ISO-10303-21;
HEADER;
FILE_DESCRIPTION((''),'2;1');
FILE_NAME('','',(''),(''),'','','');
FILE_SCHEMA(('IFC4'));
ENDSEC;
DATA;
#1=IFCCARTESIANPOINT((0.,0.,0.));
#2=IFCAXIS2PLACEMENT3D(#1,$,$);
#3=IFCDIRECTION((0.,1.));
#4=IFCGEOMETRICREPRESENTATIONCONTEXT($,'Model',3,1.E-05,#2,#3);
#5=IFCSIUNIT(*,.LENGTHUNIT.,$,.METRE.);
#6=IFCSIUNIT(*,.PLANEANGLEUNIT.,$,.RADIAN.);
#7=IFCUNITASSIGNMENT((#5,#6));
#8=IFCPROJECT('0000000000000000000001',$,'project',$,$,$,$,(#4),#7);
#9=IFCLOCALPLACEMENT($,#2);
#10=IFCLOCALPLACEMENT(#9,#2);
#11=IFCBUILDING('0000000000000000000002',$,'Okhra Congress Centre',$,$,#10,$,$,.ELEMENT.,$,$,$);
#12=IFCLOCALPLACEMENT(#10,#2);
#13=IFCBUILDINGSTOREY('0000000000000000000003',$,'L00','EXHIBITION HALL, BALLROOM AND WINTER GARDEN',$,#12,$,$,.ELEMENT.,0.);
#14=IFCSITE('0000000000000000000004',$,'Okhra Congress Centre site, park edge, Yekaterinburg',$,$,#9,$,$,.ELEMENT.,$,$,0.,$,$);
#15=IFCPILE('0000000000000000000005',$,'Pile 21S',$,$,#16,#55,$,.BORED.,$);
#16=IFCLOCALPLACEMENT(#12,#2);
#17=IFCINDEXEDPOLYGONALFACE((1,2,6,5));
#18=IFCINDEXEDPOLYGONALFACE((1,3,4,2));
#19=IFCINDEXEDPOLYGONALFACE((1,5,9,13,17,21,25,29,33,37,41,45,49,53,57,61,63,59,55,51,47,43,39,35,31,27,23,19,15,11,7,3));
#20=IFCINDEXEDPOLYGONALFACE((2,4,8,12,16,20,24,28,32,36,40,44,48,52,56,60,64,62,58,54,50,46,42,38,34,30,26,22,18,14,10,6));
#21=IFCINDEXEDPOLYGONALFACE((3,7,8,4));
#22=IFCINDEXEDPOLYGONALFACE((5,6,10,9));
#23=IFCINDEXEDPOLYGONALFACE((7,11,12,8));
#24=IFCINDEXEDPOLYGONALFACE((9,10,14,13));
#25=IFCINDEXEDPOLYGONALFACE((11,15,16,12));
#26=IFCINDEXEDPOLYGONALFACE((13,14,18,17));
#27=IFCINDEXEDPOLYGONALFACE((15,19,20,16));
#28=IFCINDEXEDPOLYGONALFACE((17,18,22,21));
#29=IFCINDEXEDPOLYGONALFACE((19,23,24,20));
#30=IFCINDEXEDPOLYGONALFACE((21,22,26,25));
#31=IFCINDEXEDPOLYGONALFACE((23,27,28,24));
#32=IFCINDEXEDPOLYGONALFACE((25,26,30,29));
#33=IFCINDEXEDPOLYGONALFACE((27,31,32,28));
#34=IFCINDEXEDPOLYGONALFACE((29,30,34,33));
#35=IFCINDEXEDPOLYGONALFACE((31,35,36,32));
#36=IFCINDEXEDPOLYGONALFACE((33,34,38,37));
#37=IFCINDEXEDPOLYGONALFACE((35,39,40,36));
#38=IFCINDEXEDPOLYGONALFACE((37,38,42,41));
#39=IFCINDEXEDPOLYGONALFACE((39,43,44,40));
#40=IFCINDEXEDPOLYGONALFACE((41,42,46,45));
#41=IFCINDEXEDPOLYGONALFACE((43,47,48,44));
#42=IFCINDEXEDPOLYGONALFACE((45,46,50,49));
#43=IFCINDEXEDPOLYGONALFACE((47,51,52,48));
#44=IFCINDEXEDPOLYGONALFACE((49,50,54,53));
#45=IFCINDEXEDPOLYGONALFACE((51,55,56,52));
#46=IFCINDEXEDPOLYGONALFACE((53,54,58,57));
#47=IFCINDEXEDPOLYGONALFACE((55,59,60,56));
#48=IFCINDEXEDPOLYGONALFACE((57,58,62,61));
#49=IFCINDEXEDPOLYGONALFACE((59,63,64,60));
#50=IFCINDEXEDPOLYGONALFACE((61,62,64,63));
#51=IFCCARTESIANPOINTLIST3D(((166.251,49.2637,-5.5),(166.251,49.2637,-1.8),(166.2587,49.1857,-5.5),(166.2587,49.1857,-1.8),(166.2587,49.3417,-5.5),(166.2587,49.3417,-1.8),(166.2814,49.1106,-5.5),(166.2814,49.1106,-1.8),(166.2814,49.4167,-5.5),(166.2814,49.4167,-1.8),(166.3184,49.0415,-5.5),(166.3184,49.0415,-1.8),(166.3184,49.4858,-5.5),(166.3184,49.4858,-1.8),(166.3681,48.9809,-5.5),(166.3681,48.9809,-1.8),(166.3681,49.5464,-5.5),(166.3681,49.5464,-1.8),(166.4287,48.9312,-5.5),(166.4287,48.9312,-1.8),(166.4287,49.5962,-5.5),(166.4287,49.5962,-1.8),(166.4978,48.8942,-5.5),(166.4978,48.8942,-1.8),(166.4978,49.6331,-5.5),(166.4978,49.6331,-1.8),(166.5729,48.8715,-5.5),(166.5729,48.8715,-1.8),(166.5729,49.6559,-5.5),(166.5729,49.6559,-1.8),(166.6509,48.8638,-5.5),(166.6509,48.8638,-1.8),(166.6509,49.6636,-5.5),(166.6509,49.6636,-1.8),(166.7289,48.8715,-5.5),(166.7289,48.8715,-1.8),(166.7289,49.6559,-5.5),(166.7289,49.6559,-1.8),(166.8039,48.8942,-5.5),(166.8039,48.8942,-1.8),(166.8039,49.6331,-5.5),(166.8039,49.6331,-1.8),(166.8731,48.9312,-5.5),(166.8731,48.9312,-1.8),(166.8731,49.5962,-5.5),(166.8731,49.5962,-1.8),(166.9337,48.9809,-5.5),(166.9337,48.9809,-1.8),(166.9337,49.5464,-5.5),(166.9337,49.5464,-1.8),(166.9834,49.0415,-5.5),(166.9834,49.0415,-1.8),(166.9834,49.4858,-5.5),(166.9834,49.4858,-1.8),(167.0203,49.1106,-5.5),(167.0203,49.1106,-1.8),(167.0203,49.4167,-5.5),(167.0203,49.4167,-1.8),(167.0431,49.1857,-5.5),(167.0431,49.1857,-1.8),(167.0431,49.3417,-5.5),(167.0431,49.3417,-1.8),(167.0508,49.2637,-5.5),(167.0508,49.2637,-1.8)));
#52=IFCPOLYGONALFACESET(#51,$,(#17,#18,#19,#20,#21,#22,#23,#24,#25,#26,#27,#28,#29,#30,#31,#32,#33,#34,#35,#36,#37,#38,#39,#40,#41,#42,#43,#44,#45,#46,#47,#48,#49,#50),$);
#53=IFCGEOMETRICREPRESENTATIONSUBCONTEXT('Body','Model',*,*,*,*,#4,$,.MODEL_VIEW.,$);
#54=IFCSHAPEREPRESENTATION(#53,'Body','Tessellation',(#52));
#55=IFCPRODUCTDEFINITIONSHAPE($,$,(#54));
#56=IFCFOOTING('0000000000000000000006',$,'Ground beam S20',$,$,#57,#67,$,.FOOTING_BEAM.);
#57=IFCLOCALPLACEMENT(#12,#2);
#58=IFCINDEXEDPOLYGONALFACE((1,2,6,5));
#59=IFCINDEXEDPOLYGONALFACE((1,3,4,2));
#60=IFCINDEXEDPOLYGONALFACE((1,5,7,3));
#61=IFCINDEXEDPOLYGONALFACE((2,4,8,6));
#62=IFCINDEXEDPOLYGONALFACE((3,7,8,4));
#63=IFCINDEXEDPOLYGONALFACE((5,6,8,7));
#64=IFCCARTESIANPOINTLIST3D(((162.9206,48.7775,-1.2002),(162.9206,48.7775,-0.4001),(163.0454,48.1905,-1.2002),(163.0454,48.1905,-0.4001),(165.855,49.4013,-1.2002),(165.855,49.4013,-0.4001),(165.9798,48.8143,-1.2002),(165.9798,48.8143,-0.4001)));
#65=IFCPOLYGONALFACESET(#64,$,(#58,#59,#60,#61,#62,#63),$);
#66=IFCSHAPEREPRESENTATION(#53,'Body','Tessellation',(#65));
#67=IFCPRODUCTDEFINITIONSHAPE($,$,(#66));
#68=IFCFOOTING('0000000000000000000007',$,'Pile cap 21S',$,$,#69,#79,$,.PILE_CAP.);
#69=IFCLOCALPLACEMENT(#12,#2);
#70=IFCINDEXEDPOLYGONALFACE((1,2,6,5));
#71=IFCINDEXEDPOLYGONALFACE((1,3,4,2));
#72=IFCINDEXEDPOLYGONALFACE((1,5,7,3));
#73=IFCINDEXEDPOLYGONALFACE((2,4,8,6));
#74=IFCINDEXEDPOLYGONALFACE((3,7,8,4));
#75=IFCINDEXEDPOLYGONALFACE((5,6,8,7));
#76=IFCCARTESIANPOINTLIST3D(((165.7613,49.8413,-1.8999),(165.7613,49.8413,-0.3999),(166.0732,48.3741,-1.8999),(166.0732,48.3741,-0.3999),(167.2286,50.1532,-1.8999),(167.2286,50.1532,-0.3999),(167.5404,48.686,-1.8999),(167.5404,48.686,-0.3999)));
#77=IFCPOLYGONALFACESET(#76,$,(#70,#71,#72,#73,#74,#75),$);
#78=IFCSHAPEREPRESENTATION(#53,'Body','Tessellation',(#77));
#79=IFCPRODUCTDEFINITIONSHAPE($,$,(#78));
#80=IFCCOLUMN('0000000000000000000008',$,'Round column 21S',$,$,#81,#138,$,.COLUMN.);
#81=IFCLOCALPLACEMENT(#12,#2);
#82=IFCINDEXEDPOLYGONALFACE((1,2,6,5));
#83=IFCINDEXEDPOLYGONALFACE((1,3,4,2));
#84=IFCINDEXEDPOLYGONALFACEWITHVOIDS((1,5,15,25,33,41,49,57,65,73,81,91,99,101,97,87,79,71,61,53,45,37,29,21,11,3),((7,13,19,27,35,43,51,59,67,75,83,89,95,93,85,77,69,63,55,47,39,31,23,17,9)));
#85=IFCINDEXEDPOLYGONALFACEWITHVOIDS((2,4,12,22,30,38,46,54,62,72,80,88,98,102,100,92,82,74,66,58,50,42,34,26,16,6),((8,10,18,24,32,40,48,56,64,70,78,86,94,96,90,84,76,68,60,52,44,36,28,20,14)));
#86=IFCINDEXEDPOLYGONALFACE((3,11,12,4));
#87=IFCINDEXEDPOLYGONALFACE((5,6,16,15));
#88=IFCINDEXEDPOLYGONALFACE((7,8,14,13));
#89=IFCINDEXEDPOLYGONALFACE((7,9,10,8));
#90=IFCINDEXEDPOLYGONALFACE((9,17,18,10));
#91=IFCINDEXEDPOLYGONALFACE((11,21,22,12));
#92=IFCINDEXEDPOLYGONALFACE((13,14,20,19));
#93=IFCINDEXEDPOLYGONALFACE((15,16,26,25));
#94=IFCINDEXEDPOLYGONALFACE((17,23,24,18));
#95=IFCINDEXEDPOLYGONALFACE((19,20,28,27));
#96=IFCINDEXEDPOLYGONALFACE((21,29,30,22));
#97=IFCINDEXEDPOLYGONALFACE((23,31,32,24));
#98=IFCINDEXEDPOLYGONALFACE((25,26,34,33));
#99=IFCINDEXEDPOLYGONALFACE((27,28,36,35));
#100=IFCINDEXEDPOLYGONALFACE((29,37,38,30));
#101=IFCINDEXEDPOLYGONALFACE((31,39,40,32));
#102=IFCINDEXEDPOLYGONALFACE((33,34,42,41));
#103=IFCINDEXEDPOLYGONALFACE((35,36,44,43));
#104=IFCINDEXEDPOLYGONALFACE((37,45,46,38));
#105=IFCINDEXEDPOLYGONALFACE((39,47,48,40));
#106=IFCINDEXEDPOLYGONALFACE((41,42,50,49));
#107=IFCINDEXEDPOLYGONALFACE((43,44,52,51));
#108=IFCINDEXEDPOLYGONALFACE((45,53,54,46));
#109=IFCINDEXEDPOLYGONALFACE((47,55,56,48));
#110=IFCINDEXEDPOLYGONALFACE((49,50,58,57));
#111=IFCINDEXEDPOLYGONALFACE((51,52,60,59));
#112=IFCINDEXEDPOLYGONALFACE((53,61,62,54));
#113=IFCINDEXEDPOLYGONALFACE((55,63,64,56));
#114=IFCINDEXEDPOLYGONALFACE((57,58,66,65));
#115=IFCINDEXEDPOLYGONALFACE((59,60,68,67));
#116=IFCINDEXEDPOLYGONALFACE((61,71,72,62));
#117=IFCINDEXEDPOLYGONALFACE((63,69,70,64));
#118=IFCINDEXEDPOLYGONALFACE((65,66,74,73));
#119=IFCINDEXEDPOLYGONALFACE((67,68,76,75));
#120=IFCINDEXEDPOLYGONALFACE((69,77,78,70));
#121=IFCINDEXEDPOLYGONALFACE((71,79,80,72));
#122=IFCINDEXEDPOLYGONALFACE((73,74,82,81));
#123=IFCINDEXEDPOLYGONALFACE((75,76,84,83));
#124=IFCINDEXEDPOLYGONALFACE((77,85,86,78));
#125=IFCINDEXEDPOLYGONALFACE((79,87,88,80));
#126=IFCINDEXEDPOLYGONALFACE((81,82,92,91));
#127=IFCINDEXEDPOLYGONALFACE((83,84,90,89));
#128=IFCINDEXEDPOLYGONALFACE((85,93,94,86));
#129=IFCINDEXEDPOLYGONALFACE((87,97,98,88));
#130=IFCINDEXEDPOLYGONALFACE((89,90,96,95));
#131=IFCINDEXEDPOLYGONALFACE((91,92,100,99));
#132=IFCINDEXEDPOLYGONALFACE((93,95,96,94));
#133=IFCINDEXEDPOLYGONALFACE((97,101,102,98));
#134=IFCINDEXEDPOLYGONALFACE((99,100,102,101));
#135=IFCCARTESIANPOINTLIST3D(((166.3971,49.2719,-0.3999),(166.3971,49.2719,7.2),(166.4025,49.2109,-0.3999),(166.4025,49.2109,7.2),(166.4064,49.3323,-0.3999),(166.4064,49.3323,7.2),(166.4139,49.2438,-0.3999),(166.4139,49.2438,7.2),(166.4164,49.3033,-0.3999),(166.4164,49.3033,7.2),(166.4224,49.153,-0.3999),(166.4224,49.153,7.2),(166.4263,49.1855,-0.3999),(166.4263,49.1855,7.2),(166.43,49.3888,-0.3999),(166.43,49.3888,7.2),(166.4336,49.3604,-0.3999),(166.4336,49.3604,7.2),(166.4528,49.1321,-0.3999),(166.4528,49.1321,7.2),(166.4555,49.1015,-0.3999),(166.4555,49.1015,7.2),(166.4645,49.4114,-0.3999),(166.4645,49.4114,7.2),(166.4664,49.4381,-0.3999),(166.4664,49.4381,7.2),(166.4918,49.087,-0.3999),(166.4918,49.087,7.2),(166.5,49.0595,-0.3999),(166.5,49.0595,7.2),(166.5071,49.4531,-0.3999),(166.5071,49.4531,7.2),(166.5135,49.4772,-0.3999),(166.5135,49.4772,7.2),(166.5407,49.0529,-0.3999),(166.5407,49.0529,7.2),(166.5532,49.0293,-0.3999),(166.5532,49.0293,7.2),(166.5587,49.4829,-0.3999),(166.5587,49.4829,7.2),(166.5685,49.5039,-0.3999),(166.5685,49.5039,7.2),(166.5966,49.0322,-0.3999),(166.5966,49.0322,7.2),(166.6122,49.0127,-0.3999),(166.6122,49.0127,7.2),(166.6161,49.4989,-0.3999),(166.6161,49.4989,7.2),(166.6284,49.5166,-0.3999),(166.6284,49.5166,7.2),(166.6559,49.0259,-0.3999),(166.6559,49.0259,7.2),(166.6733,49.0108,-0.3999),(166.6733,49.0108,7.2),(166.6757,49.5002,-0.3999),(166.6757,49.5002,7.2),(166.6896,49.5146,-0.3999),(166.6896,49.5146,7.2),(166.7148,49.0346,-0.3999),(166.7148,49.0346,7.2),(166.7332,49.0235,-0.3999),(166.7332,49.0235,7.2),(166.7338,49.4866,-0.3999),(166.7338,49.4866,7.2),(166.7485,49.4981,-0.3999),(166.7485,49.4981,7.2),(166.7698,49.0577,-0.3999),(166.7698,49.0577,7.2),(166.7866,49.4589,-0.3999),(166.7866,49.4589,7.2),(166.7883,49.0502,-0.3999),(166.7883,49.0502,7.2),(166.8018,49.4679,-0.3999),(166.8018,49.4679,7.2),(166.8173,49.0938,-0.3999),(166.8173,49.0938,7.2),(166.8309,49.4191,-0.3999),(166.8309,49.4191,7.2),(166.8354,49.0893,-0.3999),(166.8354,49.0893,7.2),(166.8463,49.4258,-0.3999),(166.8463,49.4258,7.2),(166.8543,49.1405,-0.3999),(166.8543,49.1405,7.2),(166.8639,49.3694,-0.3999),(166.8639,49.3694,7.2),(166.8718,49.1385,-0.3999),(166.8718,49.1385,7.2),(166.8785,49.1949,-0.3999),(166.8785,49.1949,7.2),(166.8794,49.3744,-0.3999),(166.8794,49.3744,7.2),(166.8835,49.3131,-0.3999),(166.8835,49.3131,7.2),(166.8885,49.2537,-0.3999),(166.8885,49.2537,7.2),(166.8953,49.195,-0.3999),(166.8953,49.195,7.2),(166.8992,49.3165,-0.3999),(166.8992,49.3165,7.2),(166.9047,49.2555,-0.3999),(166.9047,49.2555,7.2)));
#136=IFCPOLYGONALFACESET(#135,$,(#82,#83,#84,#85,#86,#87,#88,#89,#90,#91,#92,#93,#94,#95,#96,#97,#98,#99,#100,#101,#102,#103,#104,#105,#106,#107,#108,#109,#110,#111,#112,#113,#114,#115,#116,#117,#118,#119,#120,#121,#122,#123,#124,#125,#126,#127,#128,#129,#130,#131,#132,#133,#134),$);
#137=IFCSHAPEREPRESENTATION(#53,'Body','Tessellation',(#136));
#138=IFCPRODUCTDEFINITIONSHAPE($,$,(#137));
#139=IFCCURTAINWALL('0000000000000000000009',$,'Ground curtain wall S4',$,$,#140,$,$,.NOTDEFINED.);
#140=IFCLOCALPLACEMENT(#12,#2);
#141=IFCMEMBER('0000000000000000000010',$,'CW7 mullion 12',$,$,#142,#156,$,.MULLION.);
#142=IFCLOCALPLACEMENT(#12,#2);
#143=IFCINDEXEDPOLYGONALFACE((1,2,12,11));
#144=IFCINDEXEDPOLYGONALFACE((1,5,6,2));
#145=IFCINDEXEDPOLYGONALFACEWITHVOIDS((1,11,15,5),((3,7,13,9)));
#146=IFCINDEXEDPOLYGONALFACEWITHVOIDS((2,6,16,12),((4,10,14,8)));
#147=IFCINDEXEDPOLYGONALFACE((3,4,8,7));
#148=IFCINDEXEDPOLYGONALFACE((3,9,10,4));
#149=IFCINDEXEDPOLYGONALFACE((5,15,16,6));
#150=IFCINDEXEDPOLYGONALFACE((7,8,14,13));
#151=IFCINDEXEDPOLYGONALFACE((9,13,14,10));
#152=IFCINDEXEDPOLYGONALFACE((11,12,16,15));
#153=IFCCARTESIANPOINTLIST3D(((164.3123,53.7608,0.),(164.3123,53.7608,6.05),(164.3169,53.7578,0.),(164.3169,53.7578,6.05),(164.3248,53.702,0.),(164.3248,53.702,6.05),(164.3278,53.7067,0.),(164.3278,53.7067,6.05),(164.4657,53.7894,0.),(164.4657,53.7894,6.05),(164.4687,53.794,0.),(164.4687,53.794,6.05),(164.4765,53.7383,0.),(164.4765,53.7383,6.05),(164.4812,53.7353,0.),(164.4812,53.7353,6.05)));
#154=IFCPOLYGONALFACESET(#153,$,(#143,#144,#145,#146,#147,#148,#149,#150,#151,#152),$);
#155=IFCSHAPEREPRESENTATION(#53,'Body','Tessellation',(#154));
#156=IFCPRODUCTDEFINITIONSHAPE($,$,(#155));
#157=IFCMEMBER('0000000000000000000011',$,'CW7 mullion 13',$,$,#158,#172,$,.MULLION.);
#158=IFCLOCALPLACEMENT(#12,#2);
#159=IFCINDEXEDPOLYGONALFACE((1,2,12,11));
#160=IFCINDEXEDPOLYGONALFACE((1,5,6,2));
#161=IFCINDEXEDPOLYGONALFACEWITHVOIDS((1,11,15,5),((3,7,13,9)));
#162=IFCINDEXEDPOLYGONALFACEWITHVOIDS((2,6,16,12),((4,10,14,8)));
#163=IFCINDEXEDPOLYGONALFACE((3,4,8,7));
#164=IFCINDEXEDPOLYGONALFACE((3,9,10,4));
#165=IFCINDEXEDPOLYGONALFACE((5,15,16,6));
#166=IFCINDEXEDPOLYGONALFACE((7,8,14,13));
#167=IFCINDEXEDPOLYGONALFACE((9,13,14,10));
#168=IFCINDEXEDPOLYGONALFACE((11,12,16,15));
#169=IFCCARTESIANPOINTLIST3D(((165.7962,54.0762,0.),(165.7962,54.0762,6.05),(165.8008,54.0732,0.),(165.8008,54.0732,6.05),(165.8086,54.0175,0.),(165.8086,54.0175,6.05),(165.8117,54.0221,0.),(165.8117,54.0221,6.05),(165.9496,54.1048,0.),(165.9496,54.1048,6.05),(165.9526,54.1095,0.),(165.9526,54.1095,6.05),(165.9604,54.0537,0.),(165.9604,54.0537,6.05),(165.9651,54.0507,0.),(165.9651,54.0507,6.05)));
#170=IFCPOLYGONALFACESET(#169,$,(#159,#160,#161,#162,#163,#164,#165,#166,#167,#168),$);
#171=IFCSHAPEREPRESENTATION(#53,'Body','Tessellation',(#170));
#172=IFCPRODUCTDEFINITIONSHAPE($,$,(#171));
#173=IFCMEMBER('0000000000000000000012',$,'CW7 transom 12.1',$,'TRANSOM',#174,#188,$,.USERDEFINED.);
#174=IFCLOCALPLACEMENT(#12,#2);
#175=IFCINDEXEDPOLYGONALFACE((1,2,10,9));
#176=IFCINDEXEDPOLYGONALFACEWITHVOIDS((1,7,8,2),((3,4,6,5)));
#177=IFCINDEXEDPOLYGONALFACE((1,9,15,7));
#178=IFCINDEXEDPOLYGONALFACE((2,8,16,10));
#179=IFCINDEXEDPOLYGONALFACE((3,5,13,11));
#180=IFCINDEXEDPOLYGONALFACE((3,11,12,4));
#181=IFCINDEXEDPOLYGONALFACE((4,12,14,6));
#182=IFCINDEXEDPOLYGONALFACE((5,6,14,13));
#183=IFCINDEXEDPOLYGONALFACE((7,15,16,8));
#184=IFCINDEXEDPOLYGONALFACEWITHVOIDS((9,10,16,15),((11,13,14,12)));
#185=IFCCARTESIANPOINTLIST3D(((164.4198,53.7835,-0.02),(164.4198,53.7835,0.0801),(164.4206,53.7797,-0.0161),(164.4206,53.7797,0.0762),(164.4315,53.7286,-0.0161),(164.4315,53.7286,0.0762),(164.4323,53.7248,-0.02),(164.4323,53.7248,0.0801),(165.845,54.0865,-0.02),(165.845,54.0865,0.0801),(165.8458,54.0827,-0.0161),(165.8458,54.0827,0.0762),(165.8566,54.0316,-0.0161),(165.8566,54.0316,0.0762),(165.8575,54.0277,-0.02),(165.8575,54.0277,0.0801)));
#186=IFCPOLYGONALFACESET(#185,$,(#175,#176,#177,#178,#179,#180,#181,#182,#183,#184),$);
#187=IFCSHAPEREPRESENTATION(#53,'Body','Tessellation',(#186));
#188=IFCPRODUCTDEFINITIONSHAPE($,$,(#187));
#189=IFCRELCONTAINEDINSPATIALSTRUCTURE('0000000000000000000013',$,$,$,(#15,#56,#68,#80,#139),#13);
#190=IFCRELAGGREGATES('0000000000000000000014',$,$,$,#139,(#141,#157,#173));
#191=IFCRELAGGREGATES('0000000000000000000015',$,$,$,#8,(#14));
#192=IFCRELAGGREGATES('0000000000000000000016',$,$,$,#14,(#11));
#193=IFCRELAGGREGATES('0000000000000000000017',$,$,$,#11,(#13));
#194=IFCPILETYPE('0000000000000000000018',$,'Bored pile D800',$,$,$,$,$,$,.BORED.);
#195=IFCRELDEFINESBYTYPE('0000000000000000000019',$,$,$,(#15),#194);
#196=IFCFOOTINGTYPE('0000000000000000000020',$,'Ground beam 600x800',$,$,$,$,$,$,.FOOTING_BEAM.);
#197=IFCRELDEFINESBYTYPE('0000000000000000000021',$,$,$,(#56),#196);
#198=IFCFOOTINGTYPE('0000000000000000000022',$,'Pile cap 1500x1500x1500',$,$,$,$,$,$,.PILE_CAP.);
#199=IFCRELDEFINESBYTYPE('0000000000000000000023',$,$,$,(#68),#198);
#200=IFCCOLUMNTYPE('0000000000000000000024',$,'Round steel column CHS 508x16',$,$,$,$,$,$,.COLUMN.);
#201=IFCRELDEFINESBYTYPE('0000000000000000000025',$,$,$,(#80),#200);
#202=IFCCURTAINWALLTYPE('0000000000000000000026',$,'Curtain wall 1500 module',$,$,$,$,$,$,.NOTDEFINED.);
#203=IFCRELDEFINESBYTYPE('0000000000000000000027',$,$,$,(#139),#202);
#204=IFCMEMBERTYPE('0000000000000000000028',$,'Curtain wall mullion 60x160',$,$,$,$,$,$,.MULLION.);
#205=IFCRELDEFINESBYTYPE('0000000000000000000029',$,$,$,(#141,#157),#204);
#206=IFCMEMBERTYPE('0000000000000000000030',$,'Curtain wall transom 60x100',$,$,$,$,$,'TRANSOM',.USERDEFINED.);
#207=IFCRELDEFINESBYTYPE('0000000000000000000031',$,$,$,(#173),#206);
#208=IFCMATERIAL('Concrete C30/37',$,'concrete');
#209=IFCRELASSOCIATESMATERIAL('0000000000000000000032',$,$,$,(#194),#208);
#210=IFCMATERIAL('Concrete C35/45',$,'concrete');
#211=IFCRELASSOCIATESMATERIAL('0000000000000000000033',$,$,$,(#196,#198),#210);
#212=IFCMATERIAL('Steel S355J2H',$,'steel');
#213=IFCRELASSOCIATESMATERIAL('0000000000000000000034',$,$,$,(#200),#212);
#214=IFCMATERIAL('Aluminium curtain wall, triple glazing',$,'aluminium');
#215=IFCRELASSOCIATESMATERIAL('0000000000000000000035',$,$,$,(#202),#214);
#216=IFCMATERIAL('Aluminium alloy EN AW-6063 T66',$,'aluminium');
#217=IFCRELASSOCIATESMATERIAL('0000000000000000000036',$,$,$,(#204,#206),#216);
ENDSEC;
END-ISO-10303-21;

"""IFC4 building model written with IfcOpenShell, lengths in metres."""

from ifc_helpers import new_model, si_unit, direction, frame, origin, origin_2d, place, context, subcontext, project, spatial, rectangle, hollow_rectangle, circle, hollow_circle, extrude, material, material_profile, profile_set, type_object, element, aggregate, save


model = new_model("IFC4")

# Units and contexts
model_context = context("Model", 3, precision=1e-05, world=origin(), true_north=direction((0.0, 1.0)))
body_context = subcontext(model_context, "Body", "Model", "MODEL_VIEW")
ifc_project = project(units=[si_unit("LENGTHUNIT", "METRE"), si_unit("PLANEANGLEUNIT", "RADIAN")], contexts=[model_context])

# Site, building, storey
site_placement = place(None, origin())
site = spatial("IfcSite", under=ifc_project, at=site_placement, Name="Okhra Congress Centre site, park edge, Yekaterinburg", CompositionType="ELEMENT", RefElevation=0.0)
building_placement = place(site_placement, origin())
building = spatial("IfcBuilding", under=site, at=building_placement, Name="Okhra Congress Centre", CompositionType="ELEMENT")
storey_placement = place(building_placement, origin())
storey = spatial("IfcBuildingStorey", under=building, at=storey_placement, Name="L00", Description="EXHIBITION HALL, BALLROOM AND WINTER GARDEN", CompositionType="ELEMENT", Elevation=0.0)

# Pile
ifc_material_1 = material(Name="Concrete C30/37", Category="concrete")
ifc_material_profile_1 = material_profile(ifc_material_1, circle(Radius=0.3999, at=origin_2d()), Name="D800")
ifc_profile_set_1 = profile_set([ifc_material_profile_1], Name="Concrete C30/37")
pile_type = type_object("IfcPileType", Name="Bored pile D800", PredefinedType="BORED", material=ifc_profile_set_1)
pile_placement = place(storey_placement, frame((166.6509, 49.2637, -1.8), z_axis=(0.0, 0.0, -1.0), x_axis=(1.0, 0.0, 0.0)))
element("IfcPile", 1, at=pile_placement, inside=storey, type_object=pile_type, Name="Pile 21S", PredefinedType="BORED", context=body_context, shape_type="SweptSolid", body=[
    extrude(circle(Radius=0.3999, at=origin_2d()), origin(), (0.0, 0.0, 1.0), 3.7),
])

# Footings
ifc_material_2 = material(Name="Concrete C35/45", Category="concrete")
footing_type_1 = type_object("IfcFootingType", Name="Ground beam 600x800", PredefinedType="FOOTING_BEAM", material=ifc_material_2)
footing_1_placement = place(storey_placement, frame((164.4502, 48.7959, -1.2002), z_axis=(0.0, 0.0, 1.0), x_axis=(0.978148, 0.207912, 0.0)))
element("IfcFooting", 2, at=footing_1_placement, inside=storey, type_object=footing_type_1, Name="Ground beam S20", PredefinedType="FOOTING_BEAM", context=body_context, shape_type="SweptSolid", body=[
    extrude(rectangle(XDim=3.0, YDim=0.6001, at=origin_2d()), origin(), (0.0, 0.0, 1.0), 0.8),
])
footing_type_2 = type_object("IfcFootingType", Name="Pile cap 1500x1500x1500", PredefinedType="PILE_CAP", material=ifc_material_2)
footing_2_placement = place(storey_placement, frame((166.6509, 49.2637, -1.8999), z_axis=(0.0, 0.0, 1.0), x_axis=(0.978148, 0.207912, 0.0)))
element("IfcFooting", 3, at=footing_2_placement, inside=storey, type_object=footing_type_2, Name="Pile cap 21S", PredefinedType="PILE_CAP", context=body_context, shape_type="SweptSolid", body=[
    extrude(rectangle(XDim=1.5, YDim=1.5, at=origin_2d()), origin(), (0.0, 0.0, 1.0), 1.5),
])

# Column
ifc_material_3 = material(Name="Steel S355J2H", Category="steel")
ifc_material_profile_2 = material_profile(ifc_material_3, hollow_circle(Radius=0.2539, WallThickness=0.0161, at=origin_2d()), Name="CHS 508x16")
ifc_profile_set_2 = profile_set([ifc_material_profile_2], Name="Steel S355J2H")
column_type = type_object("IfcColumnType", Name="Round steel column CHS 508x16", PredefinedType="COLUMN", material=ifc_profile_set_2)
column_placement = place(storey_placement, frame((166.6509, 49.2637, -0.3999), z_axis=(0.0, 0.0, 1.0), x_axis=(0.978148, 0.207912, 0.0)))
element("IfcColumn", 4, at=column_placement, inside=storey, type_object=column_type, Name="Round column 21S", PredefinedType="COLUMN", context=body_context, shape_type="SweptSolid", body=[
    extrude(hollow_circle(Radius=0.2539, WallThickness=0.0161, at=origin_2d()), origin(), (0.0, 0.0, 1.0), 7.5999),
])

# Curtain wall, members
ifc_material_4 = material(Name="Aluminium curtain wall, triple glazing", Category="aluminium")
curtain_wall_type = type_object("IfcCurtainWallType", Name="Curtain wall 1500 module", PredefinedType="NOTDEFINED", material=ifc_material_4)
curtain_wall_placement = place(storey_placement, origin())
curtain_wall = element("IfcCurtainWall", 5, at=curtain_wall_placement, inside=storey, type_object=curtain_wall_type, Name="Ground curtain wall S4", PredefinedType="NOTDEFINED")
ifc_material_5 = material(Name="Aluminium alloy EN AW-6063 T66", Category="aluminium")
ifc_material_profile_3 = material_profile(ifc_material_5, hollow_rectangle(XDim=0.0601, YDim=0.1599, WallThickness=0.0039, at=origin_2d()), Name="RHS 60x160x4")
ifc_profile_set_3 = profile_set([ifc_material_profile_3], Name="Aluminium alloy EN AW-6063 T66")
member_type_1 = type_object("IfcMemberType", Name="Curtain wall mullion 60x160", PredefinedType="MULLION", material=ifc_profile_set_3)
member_1_placement = place(storey_placement, frame((164.3967, 53.748, 0.0), z_axis=(0.0, 0.0, 1.0), x_axis=(-0.207912, 0.978148, 0.0)))
member_1 = element("IfcMember", 6, at=member_1_placement, type_object=member_type_1, Name="CW7 mullion 12", PredefinedType="MULLION", context=body_context, shape_type="SweptSolid", body=[
    extrude(hollow_rectangle(XDim=0.0601, YDim=0.1599, WallThickness=0.0039, at=origin_2d()), origin(), (0.0, 0.0, 1.0), 6.05),
])
member_2_placement = place(storey_placement, frame((165.8806, 54.0635, 0.0), z_axis=(0.0, 0.0, 1.0), x_axis=(-0.207912, 0.978148, 0.0)))
member_2 = element("IfcMember", 7, at=member_2_placement, type_object=member_type_1, Name="CW7 mullion 13", PredefinedType="MULLION", context=body_context, shape_type="SweptSolid", body=[
    extrude(hollow_rectangle(XDim=0.0601, YDim=0.1599, WallThickness=0.0039, at=origin_2d()), origin(), (0.0, 0.0, 1.0), 6.05),
])
ifc_material_profile_4 = material_profile(ifc_material_5, hollow_rectangle(XDim=0.0601, YDim=0.1001, WallThickness=0.0039, at=origin_2d()), Name="RHS 60x100x4")
ifc_profile_set_4 = profile_set([ifc_material_profile_4], Name="Aluminium alloy EN AW-6063 T66")
member_type_2 = type_object("IfcMemberType", Name="Curtain wall transom 60x100", ElementType="TRANSOM", PredefinedType="USERDEFINED", material=ifc_profile_set_4)
member_3_placement = place(storey_placement, frame((164.426, 53.7542, 0.03), z_axis=(0.978144, 0.207927, 0.0), x_axis=(-0.207927, 0.978144, 0.0)))
member_3 = element("IfcMember", 8, at=member_3_placement, type_object=member_type_2, Name="CW7 transom 12.1", ObjectType="TRANSOM", PredefinedType="USERDEFINED", context=body_context, shape_type="SweptSolid", body=[
    extrude(hollow_rectangle(XDim=0.0601, YDim=0.1001, WallThickness=0.0039, at=origin_2d()), origin(), (0.0, 0.0, 1.0), 1.457),
])

aggregate(curtain_wall, [member_1, member_2, member_3])

save(model, "model.ifc")
